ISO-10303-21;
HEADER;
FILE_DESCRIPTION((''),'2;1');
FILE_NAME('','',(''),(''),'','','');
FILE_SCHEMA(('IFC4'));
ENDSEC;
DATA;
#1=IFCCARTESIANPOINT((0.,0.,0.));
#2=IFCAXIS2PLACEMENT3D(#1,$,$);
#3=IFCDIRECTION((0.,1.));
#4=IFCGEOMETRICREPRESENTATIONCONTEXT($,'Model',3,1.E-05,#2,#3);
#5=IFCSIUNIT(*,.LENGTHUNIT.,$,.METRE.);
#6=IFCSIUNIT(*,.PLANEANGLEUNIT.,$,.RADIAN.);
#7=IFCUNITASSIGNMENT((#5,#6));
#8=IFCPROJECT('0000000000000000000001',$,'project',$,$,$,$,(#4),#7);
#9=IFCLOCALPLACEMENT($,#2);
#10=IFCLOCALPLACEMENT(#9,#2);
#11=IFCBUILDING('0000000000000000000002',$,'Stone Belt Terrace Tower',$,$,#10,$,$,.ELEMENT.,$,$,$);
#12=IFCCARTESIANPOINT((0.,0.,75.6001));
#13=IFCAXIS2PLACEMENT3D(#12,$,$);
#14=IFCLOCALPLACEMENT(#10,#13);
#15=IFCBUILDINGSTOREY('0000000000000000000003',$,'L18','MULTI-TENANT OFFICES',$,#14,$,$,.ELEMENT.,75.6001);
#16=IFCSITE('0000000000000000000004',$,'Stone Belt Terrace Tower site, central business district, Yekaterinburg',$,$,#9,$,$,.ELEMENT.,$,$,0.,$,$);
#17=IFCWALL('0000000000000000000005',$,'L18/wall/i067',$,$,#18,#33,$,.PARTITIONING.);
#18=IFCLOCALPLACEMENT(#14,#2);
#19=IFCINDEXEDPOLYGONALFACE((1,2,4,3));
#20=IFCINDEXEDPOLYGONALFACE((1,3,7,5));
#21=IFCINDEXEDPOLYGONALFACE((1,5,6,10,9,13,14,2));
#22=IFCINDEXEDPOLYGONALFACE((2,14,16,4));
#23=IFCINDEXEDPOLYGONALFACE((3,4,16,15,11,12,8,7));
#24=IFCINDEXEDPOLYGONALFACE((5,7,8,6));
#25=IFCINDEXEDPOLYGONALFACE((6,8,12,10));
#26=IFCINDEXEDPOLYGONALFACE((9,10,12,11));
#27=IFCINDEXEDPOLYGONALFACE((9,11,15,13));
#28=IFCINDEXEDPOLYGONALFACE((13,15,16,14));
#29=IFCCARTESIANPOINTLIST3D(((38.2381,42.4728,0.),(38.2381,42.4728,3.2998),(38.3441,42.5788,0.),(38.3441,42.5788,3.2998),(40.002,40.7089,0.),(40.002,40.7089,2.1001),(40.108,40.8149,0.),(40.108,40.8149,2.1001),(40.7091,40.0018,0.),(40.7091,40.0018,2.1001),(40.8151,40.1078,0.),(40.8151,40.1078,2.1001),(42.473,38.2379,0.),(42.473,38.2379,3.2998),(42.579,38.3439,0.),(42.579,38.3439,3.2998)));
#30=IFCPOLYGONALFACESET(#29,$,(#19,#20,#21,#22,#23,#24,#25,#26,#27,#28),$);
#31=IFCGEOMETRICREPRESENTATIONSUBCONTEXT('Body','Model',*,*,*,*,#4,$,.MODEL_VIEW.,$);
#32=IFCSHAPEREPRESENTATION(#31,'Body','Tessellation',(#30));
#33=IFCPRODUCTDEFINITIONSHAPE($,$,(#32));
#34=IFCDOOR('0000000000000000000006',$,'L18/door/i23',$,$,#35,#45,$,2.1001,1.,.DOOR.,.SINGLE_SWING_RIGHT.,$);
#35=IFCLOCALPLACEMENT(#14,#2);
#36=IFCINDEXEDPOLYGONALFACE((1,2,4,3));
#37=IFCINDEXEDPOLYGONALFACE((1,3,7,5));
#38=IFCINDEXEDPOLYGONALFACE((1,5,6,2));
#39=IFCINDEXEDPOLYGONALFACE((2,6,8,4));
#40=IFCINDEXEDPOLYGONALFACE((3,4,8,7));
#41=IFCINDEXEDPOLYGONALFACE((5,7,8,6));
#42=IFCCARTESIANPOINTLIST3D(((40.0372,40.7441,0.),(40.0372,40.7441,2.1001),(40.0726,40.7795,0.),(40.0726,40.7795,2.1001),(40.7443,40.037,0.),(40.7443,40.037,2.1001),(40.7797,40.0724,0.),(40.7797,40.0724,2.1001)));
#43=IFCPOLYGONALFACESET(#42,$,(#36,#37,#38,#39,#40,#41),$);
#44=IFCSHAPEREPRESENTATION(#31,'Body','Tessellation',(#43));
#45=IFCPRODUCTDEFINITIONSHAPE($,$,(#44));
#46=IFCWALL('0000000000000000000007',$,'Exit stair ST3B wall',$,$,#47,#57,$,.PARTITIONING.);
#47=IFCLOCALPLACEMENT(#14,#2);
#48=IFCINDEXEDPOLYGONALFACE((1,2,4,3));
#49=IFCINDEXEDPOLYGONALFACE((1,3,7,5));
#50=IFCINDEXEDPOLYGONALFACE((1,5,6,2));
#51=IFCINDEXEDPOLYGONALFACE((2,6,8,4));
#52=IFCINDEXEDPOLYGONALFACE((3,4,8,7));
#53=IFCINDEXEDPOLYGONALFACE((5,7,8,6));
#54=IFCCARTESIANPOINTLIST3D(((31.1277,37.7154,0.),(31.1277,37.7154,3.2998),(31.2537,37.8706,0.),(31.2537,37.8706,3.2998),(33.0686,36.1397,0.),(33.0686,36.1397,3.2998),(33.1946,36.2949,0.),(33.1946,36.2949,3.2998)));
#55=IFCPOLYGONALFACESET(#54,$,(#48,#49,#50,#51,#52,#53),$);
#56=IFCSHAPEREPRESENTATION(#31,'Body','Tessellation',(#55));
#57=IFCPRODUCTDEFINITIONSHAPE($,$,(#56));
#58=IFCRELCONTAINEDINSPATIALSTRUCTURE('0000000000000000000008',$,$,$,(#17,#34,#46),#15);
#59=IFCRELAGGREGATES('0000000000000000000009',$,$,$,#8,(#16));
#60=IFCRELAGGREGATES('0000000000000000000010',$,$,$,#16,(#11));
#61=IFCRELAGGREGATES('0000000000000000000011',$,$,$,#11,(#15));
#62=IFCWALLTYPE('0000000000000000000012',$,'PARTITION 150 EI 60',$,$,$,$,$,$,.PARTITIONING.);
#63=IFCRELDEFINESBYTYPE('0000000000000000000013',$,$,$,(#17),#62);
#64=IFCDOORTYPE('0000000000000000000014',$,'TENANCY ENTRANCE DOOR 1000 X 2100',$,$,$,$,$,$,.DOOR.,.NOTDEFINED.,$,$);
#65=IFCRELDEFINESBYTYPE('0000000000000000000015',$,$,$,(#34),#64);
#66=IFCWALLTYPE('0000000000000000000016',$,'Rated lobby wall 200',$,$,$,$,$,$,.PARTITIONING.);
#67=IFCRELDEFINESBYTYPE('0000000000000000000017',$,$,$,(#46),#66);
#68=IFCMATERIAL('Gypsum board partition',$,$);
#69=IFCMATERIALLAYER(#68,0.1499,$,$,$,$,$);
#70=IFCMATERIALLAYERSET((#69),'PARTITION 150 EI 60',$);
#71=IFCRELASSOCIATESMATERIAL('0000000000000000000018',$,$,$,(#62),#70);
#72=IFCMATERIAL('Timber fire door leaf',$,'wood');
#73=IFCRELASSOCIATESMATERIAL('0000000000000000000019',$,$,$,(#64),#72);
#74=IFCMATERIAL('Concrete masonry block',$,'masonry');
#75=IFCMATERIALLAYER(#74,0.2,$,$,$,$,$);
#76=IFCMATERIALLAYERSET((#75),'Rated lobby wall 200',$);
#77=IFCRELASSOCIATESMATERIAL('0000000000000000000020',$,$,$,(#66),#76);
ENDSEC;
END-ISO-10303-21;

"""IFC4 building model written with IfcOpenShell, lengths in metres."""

from ifc_helpers import new_model, si_unit, direction, frame, frame_2d, origin, place, context, subcontext, project, spatial, rectangle, extrude, material, layer, layer_set, type_object, element, fill, save


model = new_model("IFC4")

# Units and contexts
model_context = context("Model", 3, precision=1e-05, world=origin(), true_north=direction((0.0, 1.0)))
body_context = subcontext(model_context, "Body", "Model", "MODEL_VIEW")
ifc_project = project(units=[si_unit("LENGTHUNIT", "METRE"), si_unit("PLANEANGLEUNIT", "RADIAN")], contexts=[model_context])

# Site, building, storey
site_placement = place(None, origin())
site = spatial("IfcSite", under=ifc_project, at=site_placement, Name="Stone Belt Terrace Tower site, central business district, Yekaterinburg", CompositionType="ELEMENT", RefElevation=0.0)
building_placement = place(site_placement, origin())
building = spatial("IfcBuilding", under=site, at=building_placement, Name="Stone Belt Terrace Tower", CompositionType="ELEMENT")
storey_placement = place(building_placement, frame((0.0, 0.0, 75.6001)))
storey = spatial("IfcBuildingStorey", under=building, at=storey_placement, Name="L18", Description="MULTI-TENANT OFFICES", CompositionType="ELEMENT", Elevation=75.6001)

# Shared definitions
ifc_material_1 = material(Name="Gypsum board partition")
ifc_layer_1 = layer(ifc_material_1, 0.1499)
ifc_layer_set_1 = layer_set([ifc_layer_1], Name="PARTITION 150 EI 60")
wall_type_1 = type_object("IfcWallType", Name="PARTITION 150 EI 60", PredefinedType="PARTITIONING", material=ifc_layer_set_1)
ifc_material_2 = material(Name="Timber fire door leaf", Category="wood")

# Wall, opening, door
wall_1_placement = place(storey_placement, frame((38.291, 42.5259, 0.0), z_axis=(0.0, 0.0, 1.0), x_axis=(0.707107, -0.707107, 0.0)))
wall_1 = element("IfcWall", 1, at=wall_1_placement, inside=storey, type_object=wall_type_1, Name="L18/wall/i067", PredefinedType="PARTITIONING", context=body_context, shape_type="SweptSolid", body=[
    extrude(rectangle(XDim=5.989, YDim=0.1499, at=frame_2d((2.9946, 0.0))), origin(), (0.0, 0.0, 1.0), 3.2998),
])
opening_1_placement = place(wall_1_placement, frame((2.4946, 0.0, 0.0)))
opening_1 = element("IfcOpeningElement", 2, at=opening_1_placement, cuts=wall_1, PredefinedType="OPENING", context=body_context, shape_type="SweptSolid", body=[
    extrude(rectangle(XDim=1.0, YDim=2.1001, at=frame_2d((0.5, 1.05))), frame((0.0, 0.085, 0.0), z_axis=(0.0, -1.0, 0.0), x_axis=(1.0, 0.0, 0.0)), (0.0, 0.0, 1.0), 0.1699),
])
door_type_1 = type_object("IfcDoorType", Name="TENANCY ENTRANCE DOOR 1000 X 2100", OperationType="NOTDEFINED", PredefinedType="DOOR", material=ifc_material_2)
door_1_placement = place(opening_1_placement, origin())
door_1 = element("IfcDoor", 3, at=door_1_placement, inside=storey, type_object=door_type_1, Name="L18/door/i23", OperationType="SINGLE_SWING_RIGHT", OverallHeight=2.1001, OverallWidth=1.0, PredefinedType="DOOR", context=body_context, shape_type="SweptSolid", body=[
    extrude(rectangle(XDim=1.0, YDim=2.1001, at=frame_2d((0.5, 1.05))), frame((0.0, 0.0249, 0.0), z_axis=(0.0, -1.0, 0.0), x_axis=(1.0, 0.0, 0.0)), (0.0, 0.0, 1.0), 0.05),
])
fill(opening_1, door_1)

# Wall
ifc_material_3 = material(Name="Concrete masonry block", Category="masonry")
ifc_layer_2 = layer(ifc_material_3, 0.2)
ifc_layer_set_2 = layer_set([ifc_layer_2], Name="Rated lobby wall 200")
wall_type_2 = type_object("IfcWallType", Name="Rated lobby wall 200", PredefinedType="PARTITIONING", material=ifc_layer_set_2)
wall_2_placement = place(storey_placement, frame((31.1907, 37.793, 0.0), z_axis=(0.0, 0.0, 1.0), x_axis=(0.776371, -0.630276, 0.0)))
element("IfcWall", 4, at=wall_2_placement, inside=storey, type_object=wall_type_2, Name="Exit stair ST3B wall", PredefinedType="PARTITIONING", context=body_context, shape_type="SweptSolid", body=[
    extrude(rectangle(XDim=2.5, YDim=0.2, at=frame_2d((1.25, 0.0))), origin(), (0.0, 0.0, 1.0), 3.2998),
])

save(model, "model.ifc")
